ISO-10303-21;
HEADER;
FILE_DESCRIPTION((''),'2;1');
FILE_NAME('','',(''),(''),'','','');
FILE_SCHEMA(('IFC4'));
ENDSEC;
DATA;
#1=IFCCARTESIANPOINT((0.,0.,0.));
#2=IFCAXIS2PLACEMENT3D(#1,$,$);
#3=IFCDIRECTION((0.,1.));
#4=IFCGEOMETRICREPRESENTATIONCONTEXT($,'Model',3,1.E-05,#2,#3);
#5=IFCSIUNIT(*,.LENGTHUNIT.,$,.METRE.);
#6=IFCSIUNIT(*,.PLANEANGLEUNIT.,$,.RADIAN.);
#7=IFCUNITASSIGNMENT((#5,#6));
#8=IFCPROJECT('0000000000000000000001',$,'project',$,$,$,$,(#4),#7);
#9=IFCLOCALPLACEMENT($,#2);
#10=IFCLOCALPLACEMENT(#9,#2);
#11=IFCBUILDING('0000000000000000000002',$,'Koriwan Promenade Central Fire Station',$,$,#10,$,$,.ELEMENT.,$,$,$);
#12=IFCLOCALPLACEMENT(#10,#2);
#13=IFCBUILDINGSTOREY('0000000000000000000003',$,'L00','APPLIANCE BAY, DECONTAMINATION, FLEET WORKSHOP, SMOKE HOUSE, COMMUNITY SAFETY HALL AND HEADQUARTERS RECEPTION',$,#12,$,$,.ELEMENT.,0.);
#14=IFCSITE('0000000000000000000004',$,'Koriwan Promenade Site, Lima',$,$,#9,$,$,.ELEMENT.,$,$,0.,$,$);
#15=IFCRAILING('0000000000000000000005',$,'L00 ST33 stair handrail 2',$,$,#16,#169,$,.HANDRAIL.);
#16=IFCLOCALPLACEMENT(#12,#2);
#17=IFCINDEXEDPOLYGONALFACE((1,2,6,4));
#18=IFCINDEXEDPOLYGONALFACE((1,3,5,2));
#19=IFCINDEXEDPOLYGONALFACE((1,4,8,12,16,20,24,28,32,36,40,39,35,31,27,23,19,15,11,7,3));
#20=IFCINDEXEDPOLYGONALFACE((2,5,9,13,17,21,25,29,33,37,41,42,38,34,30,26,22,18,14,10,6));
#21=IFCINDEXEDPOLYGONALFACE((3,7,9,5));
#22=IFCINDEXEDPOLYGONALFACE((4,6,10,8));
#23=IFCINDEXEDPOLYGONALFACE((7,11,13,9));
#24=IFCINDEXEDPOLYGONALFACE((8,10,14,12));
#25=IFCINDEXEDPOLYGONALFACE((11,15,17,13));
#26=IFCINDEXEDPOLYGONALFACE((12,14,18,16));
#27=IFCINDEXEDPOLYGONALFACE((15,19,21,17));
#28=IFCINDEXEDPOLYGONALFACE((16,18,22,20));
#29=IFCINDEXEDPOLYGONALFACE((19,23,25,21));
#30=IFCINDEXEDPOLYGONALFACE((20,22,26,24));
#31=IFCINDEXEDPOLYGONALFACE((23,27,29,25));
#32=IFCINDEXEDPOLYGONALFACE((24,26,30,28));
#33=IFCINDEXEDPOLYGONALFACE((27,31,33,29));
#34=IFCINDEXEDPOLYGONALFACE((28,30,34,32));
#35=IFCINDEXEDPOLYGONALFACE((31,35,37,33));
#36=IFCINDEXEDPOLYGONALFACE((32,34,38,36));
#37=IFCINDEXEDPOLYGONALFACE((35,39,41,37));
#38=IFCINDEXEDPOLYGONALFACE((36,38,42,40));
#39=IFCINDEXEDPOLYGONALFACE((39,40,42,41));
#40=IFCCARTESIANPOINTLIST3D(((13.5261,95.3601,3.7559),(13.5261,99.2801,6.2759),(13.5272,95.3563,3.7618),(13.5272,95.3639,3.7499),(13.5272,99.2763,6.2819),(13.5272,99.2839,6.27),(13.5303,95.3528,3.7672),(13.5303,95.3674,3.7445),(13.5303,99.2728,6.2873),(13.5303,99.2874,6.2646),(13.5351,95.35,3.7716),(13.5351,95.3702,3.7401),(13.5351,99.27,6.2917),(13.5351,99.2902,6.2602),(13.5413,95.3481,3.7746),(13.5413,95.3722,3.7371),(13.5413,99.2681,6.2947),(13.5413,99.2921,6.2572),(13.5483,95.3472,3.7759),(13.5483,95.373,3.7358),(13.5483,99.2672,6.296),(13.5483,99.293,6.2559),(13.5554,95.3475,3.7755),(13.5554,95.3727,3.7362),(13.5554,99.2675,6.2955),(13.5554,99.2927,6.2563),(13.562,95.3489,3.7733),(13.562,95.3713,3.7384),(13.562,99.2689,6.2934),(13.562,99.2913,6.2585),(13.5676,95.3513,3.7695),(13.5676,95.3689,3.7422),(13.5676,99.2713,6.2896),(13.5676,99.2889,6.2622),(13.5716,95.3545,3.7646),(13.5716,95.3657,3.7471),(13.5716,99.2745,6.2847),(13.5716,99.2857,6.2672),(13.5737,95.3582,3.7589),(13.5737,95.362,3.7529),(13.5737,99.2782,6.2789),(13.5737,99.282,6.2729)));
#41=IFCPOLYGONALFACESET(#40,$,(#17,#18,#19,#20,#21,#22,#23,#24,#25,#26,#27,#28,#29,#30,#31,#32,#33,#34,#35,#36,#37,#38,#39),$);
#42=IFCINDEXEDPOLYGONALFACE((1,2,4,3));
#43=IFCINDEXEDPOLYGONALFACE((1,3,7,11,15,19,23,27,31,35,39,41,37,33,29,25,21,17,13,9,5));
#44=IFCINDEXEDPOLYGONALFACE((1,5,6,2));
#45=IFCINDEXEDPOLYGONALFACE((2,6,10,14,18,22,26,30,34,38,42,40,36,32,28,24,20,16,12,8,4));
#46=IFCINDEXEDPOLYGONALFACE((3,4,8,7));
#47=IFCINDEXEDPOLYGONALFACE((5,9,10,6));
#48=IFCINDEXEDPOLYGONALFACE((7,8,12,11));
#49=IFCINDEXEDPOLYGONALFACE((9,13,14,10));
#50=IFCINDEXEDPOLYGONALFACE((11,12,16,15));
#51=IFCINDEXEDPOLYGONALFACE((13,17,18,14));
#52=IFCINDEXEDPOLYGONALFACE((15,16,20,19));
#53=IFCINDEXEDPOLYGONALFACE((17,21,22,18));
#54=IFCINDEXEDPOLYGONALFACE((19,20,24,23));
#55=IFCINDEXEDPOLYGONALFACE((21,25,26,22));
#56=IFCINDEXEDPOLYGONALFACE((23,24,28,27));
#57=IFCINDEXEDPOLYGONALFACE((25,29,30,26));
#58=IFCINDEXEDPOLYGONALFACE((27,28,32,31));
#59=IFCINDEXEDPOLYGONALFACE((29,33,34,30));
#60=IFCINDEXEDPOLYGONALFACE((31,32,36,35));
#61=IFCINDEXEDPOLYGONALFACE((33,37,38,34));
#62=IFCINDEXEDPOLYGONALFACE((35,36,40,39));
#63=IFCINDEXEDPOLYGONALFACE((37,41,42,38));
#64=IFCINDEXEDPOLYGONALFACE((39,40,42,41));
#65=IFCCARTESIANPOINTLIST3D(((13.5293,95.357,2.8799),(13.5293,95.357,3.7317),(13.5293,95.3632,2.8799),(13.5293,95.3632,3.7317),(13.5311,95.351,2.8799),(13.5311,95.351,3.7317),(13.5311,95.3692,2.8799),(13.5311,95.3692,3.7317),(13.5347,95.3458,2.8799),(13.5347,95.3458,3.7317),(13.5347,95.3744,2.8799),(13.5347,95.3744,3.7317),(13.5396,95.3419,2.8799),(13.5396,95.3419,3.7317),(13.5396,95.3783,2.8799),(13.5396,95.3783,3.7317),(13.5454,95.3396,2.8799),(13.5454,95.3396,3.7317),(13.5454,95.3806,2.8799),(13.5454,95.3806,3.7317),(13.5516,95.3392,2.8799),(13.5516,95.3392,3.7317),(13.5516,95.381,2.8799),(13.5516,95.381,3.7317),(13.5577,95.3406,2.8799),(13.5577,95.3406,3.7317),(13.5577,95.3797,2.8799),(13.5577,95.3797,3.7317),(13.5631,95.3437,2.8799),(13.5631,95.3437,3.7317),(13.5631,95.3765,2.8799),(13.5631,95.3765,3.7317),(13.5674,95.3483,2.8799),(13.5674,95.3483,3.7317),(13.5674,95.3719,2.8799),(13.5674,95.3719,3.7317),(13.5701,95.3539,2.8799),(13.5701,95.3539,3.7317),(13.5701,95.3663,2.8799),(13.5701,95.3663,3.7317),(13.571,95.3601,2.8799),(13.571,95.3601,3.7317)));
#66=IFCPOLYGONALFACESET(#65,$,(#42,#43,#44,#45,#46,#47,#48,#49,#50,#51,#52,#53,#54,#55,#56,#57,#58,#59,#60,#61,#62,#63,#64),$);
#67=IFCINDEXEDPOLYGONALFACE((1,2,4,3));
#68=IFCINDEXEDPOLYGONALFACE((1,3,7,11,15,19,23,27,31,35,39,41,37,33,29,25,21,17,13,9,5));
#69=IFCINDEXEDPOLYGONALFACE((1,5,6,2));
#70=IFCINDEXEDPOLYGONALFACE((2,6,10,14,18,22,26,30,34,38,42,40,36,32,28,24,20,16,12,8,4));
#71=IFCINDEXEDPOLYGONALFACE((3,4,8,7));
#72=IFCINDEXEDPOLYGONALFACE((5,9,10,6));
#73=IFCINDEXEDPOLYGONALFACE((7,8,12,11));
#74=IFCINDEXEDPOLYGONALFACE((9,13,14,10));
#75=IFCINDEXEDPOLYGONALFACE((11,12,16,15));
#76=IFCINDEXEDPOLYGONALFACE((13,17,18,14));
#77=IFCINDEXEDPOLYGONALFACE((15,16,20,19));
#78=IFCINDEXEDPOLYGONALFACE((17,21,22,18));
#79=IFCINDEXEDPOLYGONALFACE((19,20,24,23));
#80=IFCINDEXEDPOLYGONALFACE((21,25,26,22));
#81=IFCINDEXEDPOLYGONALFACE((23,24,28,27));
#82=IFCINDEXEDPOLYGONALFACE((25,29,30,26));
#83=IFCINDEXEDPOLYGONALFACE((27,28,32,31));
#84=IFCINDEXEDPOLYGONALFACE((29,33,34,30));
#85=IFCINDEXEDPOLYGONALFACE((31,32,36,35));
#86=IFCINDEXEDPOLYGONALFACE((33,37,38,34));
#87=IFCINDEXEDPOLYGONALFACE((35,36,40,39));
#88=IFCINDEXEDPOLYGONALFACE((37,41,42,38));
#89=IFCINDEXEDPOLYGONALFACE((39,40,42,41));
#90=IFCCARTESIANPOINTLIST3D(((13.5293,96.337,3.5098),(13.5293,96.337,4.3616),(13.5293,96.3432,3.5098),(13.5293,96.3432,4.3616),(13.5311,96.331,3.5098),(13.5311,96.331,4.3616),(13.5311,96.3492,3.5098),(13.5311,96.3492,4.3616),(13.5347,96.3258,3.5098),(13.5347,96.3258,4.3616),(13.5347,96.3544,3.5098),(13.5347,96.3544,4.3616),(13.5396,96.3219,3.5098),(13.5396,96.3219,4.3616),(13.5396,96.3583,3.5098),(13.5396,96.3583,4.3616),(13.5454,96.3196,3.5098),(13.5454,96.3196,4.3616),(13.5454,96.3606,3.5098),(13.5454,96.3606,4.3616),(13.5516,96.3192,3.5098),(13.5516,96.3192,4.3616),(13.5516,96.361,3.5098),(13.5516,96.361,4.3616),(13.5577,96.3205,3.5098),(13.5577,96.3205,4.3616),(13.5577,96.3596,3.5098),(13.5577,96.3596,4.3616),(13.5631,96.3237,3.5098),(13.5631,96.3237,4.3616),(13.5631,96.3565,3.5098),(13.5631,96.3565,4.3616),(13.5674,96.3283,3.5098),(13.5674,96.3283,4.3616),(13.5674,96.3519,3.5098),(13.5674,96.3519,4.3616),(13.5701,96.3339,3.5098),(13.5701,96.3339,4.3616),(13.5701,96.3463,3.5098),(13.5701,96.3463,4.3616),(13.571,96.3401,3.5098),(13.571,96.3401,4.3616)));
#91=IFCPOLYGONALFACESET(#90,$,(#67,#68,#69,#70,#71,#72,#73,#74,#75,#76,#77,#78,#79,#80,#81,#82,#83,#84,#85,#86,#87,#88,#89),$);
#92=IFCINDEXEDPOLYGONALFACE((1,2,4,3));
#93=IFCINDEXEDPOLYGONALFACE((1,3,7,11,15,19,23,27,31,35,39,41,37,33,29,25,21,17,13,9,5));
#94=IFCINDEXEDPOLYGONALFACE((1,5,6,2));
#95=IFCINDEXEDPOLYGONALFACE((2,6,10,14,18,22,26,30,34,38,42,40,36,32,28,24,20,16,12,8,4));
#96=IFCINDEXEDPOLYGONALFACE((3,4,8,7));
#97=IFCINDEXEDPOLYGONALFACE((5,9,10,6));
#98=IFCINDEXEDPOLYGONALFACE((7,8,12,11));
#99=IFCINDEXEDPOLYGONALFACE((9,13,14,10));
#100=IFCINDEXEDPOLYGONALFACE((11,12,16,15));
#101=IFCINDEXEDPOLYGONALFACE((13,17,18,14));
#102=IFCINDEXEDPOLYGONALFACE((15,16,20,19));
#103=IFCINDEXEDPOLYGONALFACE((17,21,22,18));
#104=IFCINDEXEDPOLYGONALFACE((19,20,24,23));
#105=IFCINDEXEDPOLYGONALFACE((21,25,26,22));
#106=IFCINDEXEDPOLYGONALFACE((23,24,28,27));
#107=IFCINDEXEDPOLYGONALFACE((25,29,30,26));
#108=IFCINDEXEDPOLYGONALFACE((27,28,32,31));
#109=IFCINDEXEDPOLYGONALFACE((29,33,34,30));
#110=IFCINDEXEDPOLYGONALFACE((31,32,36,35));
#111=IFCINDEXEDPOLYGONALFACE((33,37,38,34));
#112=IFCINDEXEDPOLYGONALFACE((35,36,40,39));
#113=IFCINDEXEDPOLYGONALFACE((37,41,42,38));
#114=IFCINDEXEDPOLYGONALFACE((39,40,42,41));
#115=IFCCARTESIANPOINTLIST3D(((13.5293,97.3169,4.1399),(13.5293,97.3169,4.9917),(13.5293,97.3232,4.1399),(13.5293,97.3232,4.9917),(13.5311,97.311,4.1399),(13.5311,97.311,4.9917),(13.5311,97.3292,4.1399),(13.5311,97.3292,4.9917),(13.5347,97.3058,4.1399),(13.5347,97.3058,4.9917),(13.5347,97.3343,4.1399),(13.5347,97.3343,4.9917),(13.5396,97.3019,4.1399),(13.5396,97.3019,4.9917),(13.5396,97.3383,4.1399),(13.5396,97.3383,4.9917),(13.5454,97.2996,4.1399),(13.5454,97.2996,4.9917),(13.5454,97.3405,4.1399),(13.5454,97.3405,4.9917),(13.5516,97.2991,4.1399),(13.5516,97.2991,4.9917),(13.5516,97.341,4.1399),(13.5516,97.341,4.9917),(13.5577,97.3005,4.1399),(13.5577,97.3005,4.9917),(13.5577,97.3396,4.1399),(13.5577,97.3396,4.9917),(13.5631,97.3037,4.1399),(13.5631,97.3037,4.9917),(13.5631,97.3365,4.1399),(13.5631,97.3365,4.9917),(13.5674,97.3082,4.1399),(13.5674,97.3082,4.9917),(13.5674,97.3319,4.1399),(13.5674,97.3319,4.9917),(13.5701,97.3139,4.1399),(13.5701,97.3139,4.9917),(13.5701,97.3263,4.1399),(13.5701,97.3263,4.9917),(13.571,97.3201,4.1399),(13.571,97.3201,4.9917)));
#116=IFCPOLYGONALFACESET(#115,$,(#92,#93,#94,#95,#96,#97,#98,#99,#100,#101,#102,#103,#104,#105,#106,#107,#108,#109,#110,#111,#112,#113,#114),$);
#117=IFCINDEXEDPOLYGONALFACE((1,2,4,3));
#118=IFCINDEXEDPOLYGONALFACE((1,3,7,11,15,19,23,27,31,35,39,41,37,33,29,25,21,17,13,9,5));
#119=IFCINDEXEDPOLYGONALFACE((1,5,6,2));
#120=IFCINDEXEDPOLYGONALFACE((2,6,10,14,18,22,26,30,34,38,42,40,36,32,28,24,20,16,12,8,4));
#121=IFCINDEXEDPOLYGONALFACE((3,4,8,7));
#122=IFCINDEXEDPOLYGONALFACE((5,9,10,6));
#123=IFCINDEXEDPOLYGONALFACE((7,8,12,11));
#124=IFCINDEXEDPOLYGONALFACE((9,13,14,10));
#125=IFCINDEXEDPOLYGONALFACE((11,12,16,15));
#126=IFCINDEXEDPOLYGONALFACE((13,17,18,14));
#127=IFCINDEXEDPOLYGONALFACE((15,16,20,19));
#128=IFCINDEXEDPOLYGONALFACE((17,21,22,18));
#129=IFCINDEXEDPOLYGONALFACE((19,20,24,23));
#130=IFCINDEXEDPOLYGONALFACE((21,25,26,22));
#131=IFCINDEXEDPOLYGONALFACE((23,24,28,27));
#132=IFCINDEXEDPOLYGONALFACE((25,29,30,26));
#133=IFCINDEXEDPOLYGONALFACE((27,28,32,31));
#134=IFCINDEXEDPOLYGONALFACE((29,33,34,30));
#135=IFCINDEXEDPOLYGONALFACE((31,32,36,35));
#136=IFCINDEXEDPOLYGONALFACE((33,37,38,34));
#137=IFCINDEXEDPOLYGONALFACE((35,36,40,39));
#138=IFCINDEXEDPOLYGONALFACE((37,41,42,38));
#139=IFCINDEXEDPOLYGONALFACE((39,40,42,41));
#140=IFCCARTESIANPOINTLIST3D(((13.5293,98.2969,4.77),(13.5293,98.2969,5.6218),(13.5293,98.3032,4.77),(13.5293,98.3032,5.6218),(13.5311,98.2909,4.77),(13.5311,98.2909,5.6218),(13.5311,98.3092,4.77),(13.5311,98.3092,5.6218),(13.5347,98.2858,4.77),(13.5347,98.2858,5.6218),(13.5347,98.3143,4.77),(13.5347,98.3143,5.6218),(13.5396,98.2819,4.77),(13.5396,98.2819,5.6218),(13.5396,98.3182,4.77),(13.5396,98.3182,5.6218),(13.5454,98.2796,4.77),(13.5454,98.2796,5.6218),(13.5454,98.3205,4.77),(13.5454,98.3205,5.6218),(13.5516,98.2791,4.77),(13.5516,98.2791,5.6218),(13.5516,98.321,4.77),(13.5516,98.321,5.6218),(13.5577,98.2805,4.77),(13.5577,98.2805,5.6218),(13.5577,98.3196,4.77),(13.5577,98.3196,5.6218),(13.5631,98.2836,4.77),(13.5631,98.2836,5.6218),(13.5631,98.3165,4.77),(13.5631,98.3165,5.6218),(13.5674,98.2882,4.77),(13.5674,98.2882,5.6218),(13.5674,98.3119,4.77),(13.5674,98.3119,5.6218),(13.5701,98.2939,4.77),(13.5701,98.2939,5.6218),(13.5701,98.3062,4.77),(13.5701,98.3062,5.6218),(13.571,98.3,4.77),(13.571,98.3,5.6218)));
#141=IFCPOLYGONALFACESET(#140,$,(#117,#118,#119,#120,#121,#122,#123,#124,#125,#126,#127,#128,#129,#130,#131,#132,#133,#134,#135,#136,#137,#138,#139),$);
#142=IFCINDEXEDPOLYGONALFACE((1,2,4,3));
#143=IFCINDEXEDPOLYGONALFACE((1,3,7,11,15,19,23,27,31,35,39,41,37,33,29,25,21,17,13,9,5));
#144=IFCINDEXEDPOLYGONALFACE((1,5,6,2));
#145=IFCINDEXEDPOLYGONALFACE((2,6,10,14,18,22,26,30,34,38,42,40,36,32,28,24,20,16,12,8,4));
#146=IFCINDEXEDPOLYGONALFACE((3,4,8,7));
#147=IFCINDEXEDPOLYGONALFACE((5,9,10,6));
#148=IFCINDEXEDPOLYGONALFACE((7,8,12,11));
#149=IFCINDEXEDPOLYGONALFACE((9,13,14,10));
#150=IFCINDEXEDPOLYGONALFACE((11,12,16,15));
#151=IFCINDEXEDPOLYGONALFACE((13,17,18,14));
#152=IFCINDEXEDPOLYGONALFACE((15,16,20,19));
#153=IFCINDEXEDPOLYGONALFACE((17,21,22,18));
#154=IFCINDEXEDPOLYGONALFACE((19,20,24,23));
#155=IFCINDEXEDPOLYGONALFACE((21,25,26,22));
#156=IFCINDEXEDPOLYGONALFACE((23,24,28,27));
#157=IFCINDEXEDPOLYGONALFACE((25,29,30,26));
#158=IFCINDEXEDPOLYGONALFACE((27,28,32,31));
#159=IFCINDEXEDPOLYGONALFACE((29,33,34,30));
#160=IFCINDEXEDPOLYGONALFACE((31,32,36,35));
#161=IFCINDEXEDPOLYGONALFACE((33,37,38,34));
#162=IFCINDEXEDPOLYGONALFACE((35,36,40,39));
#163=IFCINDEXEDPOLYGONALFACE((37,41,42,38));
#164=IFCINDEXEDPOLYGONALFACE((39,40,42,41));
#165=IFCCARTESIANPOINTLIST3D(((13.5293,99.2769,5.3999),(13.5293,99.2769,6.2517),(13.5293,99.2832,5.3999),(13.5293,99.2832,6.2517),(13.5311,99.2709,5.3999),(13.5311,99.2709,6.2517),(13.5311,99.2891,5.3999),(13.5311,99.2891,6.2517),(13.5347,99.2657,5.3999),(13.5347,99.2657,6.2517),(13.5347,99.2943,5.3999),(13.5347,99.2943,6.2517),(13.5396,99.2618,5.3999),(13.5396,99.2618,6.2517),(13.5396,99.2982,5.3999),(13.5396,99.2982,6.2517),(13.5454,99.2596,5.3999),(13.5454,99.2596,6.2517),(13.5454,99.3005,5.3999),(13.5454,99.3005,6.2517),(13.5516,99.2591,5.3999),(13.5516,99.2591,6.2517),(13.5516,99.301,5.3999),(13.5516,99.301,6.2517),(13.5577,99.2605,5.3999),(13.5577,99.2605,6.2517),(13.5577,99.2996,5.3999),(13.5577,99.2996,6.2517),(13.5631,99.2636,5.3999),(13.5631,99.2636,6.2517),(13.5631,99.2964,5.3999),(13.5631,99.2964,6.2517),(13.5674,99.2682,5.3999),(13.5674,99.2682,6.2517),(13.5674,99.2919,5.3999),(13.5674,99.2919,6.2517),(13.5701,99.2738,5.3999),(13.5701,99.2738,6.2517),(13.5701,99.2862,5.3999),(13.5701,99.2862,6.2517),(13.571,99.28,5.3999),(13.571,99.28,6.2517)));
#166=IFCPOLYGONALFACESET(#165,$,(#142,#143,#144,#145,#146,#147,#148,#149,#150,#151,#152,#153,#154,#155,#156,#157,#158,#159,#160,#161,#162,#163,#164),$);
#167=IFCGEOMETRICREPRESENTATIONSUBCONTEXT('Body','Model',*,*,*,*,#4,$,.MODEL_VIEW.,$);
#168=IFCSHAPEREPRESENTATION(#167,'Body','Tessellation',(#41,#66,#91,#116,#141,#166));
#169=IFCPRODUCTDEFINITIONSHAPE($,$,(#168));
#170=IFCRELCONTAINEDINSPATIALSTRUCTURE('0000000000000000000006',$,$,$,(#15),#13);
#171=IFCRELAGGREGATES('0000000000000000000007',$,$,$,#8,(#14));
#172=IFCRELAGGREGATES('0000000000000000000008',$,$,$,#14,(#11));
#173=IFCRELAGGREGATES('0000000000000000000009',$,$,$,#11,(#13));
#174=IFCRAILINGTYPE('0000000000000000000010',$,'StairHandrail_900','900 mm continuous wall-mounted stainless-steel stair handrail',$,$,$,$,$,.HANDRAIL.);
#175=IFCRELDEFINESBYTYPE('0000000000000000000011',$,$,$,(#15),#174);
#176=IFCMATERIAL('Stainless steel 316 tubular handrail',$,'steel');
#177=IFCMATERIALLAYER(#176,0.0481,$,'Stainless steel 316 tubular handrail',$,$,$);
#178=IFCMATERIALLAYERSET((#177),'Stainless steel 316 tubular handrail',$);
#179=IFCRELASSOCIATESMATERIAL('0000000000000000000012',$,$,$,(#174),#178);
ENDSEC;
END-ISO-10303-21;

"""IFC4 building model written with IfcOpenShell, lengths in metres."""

from ifc_helpers import new_model, si_unit, direction, frame, origin, origin_2d, place, context, subcontext, project, spatial, circle, extrude, material, layer, layer_set, type_object, element, save


model = new_model("IFC4")

# Units and contexts
model_context = context("Model", 3, precision=1e-05, world=origin(), true_north=direction((0.0, 1.0)))
body_context = subcontext(model_context, "Body", "Model", "MODEL_VIEW")
ifc_project = project(units=[si_unit("LENGTHUNIT", "METRE"), si_unit("PLANEANGLEUNIT", "RADIAN")], contexts=[model_context])

# Site, building, storey
site_placement = place(None, origin())
site = spatial("IfcSite", under=ifc_project, at=site_placement, Name="Koriwan Promenade Site, Lima", CompositionType="ELEMENT", RefElevation=0.0)
building_placement = place(site_placement, origin())
building = spatial("IfcBuilding", under=site, at=building_placement, Name="Koriwan Promenade Central Fire Station", CompositionType="ELEMENT")
storey_placement = place(building_placement, origin())
storey = spatial("IfcBuildingStorey", under=building, at=storey_placement, Name="L00", Description="APPLIANCE BAY, DECONTAMINATION, FLEET WORKSHOP, SMOKE HOUSE, COMMUNITY SAFETY HALL AND HEADQUARTERS RECEPTION", CompositionType="ELEMENT", Elevation=0.0)

# Railing
ifc_material_1 = material(Name="Stainless steel 316 tubular handrail", Category="steel")
ifc_layer_1 = layer(ifc_material_1, 0.0481, Name="Stainless steel 316 tubular handrail")
ifc_layer_set_1 = layer_set([ifc_layer_1], Name="Stainless steel 316 tubular handrail")
railing_type_1 = type_object("IfcRailingType", Name="StairHandrail_900", Description="900 mm continuous wall-mounted stainless-steel stair handrail", PredefinedType="HANDRAIL", material=ifc_layer_set_1)
railing_1_placement = place(storey_placement, frame((13.55, 95.3601, 2.8799)))
element("IfcRailing", 1, at=railing_1_placement, inside=storey, type_object=railing_type_1, Name="L00 ST33 stair handrail 2", PredefinedType="HANDRAIL", context=body_context, shape_type="SweptSolid", body=[
    extrude(circle(Radius=0.0239, at=origin_2d()), frame((0.0, 0.0, 0.876), z_axis=(0.0, 0.841172, 0.540768), x_axis=(-1.0, 0.0, 0.0)), (0.0, 0.0, 1.0), 4.6602),
    extrude(circle(Radius=0.021, at=origin_2d()), origin(), (0.0, 0.0, 1.0), 0.8518),
    extrude(circle(Radius=0.021, at=origin_2d()), frame((0.0, 0.98, 0.6299)), (0.0, 0.0, 1.0), 0.8518),
    extrude(circle(Radius=0.021, at=origin_2d()), frame((0.0, 1.96, 1.26)), (0.0, 0.0, 1.0), 0.8518),
    extrude(circle(Radius=0.021, at=origin_2d()), frame((0.0, 2.9399, 1.8901)), (0.0, 0.0, 1.0), 0.8518),
    extrude(circle(Radius=0.021, at=origin_2d()), frame((0.0, 3.9199, 2.52)), (0.0, 0.0, 1.0), 0.8518),
])

save(model, "model.ifc")
